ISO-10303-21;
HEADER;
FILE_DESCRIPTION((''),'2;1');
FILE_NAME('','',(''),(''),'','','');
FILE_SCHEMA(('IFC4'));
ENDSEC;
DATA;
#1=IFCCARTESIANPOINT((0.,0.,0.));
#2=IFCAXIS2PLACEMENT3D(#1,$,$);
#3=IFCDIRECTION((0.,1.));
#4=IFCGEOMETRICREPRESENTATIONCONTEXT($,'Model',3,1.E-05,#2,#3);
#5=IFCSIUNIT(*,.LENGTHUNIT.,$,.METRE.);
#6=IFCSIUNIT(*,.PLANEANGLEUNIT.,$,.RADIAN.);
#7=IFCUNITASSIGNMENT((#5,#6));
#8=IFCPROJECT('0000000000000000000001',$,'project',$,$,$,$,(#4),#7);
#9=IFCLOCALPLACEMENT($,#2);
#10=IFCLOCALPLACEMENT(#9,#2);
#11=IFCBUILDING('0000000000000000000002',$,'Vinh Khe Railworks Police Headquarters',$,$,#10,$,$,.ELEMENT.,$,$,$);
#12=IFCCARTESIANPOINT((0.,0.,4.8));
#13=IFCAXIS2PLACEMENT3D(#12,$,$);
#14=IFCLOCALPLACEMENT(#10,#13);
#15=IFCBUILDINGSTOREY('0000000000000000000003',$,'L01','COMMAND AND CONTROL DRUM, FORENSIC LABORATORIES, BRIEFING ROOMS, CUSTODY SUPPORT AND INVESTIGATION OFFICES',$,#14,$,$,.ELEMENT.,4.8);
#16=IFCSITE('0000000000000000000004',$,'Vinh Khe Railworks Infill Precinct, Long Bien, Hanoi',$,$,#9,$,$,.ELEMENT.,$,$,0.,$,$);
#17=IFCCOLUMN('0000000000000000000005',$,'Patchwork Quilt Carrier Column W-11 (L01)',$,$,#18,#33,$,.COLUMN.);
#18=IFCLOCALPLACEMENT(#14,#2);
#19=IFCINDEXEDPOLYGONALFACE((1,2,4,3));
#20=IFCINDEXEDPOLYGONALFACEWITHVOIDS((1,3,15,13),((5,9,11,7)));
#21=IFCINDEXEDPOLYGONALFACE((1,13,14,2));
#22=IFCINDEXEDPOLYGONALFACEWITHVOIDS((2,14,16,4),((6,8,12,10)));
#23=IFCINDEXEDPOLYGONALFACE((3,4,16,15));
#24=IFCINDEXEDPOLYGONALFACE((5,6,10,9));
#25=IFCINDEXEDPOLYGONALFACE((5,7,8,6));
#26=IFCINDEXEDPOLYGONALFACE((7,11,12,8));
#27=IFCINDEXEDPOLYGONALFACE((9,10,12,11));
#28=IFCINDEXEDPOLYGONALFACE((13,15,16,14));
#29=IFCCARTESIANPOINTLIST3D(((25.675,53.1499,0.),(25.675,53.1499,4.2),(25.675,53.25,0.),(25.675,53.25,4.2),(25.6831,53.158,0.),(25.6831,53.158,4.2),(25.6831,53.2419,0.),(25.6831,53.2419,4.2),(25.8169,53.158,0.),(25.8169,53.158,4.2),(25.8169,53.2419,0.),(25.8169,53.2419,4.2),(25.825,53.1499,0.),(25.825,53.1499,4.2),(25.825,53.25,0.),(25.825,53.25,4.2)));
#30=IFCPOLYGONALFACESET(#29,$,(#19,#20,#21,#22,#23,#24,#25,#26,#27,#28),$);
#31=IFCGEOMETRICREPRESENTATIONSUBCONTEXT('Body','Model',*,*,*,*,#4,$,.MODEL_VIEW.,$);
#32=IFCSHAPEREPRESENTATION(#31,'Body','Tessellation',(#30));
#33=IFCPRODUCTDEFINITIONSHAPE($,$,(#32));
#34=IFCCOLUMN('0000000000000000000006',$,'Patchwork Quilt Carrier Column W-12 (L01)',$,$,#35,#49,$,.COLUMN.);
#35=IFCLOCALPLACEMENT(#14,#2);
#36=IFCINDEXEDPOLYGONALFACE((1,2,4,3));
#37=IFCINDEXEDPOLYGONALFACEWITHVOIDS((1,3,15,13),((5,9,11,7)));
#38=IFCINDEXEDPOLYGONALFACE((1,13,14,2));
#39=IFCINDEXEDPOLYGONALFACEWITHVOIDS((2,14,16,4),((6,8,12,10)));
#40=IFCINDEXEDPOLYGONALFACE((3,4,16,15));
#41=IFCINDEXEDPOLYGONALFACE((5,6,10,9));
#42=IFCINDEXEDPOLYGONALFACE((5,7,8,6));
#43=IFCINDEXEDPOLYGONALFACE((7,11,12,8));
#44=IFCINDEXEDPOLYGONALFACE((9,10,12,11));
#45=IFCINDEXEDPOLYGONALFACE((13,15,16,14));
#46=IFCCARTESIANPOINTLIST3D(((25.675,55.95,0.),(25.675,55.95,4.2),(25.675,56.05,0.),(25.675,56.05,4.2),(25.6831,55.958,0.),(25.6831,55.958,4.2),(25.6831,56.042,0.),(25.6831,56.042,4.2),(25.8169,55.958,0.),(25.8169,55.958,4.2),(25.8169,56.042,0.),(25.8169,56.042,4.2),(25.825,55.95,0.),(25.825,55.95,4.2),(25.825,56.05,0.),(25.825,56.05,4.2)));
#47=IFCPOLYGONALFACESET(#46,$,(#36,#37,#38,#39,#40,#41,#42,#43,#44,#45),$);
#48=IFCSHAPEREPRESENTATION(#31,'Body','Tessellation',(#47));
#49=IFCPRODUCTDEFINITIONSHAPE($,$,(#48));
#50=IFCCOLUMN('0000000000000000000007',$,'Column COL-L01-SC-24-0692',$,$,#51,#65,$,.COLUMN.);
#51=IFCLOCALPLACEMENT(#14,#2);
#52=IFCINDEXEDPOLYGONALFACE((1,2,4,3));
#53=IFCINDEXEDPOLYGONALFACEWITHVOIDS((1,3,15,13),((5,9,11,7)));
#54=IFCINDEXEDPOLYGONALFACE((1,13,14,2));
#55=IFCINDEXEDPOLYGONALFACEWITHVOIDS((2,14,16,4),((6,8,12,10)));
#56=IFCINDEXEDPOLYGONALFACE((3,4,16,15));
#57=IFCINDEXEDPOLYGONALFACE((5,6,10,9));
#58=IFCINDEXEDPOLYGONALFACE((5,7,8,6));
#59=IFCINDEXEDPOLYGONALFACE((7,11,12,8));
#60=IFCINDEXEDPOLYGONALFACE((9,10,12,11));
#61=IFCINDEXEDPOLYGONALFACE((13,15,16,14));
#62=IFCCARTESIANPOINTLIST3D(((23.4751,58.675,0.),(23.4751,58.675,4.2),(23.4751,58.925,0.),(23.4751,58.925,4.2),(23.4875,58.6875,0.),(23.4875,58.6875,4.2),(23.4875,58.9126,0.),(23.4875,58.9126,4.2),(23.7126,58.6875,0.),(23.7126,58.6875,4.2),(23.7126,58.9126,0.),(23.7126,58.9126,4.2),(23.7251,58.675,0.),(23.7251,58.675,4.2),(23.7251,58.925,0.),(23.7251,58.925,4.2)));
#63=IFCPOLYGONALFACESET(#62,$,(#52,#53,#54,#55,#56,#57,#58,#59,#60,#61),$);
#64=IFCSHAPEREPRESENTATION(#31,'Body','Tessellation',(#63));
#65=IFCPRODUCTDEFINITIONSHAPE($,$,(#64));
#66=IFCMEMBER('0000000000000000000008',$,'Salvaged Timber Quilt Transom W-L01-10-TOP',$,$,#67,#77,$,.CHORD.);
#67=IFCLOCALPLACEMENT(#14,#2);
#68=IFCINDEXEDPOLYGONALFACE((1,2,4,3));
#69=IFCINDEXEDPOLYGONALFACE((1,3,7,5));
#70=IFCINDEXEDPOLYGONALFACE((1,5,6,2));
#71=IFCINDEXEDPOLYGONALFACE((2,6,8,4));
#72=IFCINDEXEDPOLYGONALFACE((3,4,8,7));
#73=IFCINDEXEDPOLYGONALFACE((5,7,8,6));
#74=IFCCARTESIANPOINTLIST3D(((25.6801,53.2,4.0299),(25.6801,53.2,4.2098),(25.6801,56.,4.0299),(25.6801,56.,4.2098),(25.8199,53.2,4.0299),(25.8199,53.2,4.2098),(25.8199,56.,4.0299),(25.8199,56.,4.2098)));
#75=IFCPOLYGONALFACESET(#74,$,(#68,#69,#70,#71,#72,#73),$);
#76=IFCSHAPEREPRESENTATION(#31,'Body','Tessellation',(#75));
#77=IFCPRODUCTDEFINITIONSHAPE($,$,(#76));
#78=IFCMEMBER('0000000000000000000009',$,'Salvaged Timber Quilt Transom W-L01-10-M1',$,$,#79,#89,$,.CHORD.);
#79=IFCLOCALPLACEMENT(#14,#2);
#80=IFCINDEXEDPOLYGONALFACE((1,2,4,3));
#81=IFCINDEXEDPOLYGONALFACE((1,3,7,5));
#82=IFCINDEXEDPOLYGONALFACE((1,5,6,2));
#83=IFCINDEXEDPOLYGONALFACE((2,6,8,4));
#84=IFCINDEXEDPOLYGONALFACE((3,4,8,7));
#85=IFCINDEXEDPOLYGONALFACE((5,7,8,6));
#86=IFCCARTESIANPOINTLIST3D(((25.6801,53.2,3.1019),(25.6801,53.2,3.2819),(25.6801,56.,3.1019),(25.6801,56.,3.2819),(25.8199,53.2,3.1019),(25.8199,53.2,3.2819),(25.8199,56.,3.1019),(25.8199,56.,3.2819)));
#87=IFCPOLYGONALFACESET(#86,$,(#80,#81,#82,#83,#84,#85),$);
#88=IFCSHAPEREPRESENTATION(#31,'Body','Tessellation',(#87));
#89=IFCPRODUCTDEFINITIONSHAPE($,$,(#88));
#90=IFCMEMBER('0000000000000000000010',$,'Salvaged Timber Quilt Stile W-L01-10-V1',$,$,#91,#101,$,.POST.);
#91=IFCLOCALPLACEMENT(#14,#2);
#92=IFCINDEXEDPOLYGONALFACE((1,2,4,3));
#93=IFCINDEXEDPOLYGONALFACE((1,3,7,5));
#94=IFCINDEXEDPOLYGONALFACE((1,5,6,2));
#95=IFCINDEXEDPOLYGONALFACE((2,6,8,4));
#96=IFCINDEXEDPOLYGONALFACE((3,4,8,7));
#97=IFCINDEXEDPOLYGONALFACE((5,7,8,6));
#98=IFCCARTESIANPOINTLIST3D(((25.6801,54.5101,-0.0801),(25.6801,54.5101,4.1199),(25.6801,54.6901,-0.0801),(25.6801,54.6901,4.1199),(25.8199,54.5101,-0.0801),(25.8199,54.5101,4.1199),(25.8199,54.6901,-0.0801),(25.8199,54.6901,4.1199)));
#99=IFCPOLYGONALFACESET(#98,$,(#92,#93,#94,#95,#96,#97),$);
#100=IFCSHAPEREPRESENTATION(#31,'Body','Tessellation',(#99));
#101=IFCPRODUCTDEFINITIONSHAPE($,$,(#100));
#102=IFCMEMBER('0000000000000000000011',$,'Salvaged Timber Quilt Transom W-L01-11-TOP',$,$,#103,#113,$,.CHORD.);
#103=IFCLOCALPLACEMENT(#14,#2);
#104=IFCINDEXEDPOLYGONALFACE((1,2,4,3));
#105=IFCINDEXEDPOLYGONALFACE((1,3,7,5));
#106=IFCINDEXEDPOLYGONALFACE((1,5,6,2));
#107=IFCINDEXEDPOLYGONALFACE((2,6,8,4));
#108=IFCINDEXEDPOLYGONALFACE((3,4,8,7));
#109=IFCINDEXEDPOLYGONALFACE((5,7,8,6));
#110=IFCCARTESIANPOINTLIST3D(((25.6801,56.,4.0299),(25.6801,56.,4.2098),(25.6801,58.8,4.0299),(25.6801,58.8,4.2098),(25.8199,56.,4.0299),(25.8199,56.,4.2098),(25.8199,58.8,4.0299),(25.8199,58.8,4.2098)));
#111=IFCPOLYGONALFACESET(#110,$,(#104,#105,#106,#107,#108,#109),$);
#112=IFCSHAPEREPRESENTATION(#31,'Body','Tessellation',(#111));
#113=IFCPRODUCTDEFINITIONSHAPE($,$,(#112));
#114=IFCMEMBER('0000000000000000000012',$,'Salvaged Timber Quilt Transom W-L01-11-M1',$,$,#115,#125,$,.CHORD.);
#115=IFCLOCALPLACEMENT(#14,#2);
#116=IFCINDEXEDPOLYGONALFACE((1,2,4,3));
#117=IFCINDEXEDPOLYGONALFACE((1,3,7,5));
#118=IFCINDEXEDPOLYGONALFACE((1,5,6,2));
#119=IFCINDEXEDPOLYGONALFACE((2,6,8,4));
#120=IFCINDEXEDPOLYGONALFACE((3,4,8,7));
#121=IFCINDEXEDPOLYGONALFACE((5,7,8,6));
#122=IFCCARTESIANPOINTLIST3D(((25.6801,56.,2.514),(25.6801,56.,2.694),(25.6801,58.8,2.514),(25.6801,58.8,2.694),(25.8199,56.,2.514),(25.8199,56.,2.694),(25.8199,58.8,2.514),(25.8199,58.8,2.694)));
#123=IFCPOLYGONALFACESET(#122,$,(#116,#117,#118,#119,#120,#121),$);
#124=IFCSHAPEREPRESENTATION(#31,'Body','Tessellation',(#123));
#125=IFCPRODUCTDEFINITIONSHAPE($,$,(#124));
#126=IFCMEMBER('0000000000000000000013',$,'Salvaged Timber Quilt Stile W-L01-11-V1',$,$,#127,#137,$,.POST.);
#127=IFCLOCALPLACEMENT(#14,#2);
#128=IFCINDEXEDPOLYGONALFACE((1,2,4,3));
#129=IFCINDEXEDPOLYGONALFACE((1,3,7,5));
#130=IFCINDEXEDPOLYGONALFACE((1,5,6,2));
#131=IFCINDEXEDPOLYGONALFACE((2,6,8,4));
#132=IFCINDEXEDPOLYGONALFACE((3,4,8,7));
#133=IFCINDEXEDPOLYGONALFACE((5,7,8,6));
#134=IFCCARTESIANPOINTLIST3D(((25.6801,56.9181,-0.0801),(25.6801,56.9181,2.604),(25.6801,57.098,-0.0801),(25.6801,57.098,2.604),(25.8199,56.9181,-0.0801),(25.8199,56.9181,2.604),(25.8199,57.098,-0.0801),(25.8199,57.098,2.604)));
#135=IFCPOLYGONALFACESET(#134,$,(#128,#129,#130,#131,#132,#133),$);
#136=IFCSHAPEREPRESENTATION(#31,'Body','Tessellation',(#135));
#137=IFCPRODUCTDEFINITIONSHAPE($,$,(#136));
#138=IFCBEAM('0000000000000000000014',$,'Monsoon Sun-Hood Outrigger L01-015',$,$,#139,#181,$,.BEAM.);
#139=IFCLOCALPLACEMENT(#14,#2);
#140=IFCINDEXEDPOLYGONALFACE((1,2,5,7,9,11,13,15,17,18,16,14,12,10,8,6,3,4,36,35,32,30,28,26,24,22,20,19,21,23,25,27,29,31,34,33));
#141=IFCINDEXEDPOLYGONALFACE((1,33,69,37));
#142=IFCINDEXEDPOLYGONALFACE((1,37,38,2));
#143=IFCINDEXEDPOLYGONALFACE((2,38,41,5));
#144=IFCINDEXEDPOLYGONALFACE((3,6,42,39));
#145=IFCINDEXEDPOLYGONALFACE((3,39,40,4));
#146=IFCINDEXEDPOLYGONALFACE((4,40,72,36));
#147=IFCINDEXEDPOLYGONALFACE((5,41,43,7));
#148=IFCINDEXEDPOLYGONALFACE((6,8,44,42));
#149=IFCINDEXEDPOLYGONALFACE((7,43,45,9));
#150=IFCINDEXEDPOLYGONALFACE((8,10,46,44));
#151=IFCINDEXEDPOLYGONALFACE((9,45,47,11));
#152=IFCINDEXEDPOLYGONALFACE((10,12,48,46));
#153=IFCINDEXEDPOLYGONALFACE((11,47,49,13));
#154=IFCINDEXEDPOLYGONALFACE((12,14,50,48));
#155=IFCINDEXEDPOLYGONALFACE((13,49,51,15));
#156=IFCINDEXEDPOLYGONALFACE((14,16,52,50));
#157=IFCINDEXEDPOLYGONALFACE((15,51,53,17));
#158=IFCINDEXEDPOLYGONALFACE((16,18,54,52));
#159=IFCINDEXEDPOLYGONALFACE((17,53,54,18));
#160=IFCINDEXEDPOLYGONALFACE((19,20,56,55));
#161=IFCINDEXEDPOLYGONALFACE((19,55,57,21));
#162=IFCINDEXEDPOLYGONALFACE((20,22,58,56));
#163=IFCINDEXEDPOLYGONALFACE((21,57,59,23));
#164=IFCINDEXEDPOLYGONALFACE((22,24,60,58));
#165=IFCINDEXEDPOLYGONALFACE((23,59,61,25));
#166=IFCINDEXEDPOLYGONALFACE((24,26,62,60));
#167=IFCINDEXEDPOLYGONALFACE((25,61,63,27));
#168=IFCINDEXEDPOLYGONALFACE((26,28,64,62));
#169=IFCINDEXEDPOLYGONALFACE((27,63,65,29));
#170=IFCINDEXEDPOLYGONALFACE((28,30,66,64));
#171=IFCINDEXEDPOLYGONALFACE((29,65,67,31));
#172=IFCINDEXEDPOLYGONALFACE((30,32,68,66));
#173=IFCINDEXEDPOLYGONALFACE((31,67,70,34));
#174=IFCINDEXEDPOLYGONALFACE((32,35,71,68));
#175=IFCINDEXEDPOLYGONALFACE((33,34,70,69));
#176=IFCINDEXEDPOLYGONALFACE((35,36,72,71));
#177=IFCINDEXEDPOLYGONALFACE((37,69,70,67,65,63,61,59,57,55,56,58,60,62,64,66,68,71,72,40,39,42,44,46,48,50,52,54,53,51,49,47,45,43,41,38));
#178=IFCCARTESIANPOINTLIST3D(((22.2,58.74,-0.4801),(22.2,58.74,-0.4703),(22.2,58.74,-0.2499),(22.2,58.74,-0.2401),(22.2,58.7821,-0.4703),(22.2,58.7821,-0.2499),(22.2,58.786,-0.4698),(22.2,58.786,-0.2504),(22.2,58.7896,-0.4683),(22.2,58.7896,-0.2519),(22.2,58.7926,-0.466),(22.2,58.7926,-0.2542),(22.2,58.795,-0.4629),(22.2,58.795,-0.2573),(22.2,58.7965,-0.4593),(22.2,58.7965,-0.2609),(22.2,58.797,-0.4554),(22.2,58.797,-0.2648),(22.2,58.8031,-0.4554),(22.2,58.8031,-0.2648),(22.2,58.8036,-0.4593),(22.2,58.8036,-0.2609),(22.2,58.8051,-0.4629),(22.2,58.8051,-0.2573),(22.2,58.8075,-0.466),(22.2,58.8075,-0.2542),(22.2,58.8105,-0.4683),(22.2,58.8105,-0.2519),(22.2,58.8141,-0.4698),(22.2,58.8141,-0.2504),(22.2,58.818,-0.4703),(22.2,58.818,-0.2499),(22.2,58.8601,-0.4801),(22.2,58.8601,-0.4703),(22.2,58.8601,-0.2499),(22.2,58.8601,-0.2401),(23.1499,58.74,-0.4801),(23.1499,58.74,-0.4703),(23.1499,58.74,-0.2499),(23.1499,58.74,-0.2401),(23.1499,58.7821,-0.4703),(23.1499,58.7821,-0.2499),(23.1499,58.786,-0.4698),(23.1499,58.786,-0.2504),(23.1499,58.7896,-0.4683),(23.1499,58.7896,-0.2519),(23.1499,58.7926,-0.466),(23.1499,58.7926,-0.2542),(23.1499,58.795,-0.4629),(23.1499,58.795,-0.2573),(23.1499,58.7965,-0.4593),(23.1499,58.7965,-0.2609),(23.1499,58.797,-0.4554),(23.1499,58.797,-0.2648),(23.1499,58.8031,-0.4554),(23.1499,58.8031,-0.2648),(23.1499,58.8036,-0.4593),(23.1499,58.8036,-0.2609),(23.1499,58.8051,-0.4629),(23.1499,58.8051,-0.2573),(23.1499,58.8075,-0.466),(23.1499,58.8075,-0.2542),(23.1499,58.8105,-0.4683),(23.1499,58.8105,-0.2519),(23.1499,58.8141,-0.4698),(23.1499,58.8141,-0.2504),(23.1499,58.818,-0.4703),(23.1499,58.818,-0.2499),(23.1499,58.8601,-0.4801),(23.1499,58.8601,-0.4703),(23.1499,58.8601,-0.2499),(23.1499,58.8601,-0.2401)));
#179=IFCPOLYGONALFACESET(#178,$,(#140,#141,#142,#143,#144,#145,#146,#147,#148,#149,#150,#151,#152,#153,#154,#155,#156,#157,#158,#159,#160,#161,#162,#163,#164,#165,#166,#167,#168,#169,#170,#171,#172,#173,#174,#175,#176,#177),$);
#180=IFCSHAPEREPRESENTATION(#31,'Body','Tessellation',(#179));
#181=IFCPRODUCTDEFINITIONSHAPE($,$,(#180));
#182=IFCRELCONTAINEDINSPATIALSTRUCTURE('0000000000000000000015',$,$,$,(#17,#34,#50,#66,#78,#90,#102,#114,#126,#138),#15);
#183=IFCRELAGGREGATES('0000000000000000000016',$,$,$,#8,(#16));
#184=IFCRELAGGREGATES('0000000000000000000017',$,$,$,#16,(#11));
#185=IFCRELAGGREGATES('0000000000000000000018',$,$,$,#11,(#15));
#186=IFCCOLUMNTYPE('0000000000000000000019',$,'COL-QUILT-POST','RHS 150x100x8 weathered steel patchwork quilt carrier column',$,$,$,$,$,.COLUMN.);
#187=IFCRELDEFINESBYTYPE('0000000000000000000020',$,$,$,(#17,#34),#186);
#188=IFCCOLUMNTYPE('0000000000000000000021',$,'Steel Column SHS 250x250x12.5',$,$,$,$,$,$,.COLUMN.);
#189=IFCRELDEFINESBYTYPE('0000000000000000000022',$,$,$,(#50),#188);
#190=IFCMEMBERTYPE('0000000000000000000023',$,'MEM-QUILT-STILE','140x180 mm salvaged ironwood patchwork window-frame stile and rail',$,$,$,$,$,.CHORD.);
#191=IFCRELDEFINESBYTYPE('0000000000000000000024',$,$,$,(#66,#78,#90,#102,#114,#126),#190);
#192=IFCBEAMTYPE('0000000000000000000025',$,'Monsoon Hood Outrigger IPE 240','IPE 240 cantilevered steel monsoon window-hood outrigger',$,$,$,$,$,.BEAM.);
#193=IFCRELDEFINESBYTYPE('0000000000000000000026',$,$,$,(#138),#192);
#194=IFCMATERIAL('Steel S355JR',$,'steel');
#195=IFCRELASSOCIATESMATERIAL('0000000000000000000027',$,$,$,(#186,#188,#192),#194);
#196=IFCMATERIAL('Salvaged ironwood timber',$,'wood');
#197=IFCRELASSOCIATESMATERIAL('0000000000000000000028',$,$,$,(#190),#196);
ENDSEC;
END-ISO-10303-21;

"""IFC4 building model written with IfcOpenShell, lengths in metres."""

from ifc_helpers import new_model, si_unit, direction, frame, origin, origin_2d, place, context, subcontext, project, spatial, rectangle, hollow_rectangle, i_section, extrude, material, material_profile, profile_set, type_object, element, save


model = new_model("IFC4")

# Units and contexts
model_context = context("Model", 3, precision=1e-05, world=origin(), true_north=direction((0.0, 1.0)))
body_context = subcontext(model_context, "Body", "Model", "MODEL_VIEW")
ifc_project = project(units=[si_unit("LENGTHUNIT", "METRE"), si_unit("PLANEANGLEUNIT", "RADIAN")], contexts=[model_context])

# Site, building, storey
site_placement = place(None, origin())
site = spatial("IfcSite", under=ifc_project, at=site_placement, Name="Vinh Khe Railworks Infill Precinct, Long Bien, Hanoi", CompositionType="ELEMENT", RefElevation=0.0)
building_placement = place(site_placement, origin())
building = spatial("IfcBuilding", under=site, at=building_placement, Name="Vinh Khe Railworks Police Headquarters", CompositionType="ELEMENT")
storey_placement = place(building_placement, frame((0.0, 0.0, 4.8)))
storey = spatial("IfcBuildingStorey", under=building, at=storey_placement, Name="L01", Description="COMMAND AND CONTROL DRUM, FORENSIC LABORATORIES, BRIEFING ROOMS, CUSTODY SUPPORT AND INVESTIGATION OFFICES", CompositionType="ELEMENT", Elevation=4.8)

# Columns
ifc_material_1 = material(Name="Steel S355JR", Category="steel")
ifc_material_profile_1 = material_profile(ifc_material_1, hollow_rectangle(XDim=0.1499, YDim=0.1001, WallThickness=0.0081, at=origin_2d()), Name="RHS 150x100x8")
ifc_profile_set_1 = profile_set([ifc_material_profile_1], Name="Steel S355JR")
column_type_1 = type_object("IfcColumnType", Name="COL-QUILT-POST", Description="RHS 150x100x8 weathered steel patchwork quilt carrier column", PredefinedType="COLUMN", material=ifc_profile_set_1)
for number, where, z_axis, x_axis, name in (
    (1, (25.75, 53.2, 0.0), (0.0, 0.0, 1.0), (1.0, 0.0, 0.0), "Patchwork Quilt Carrier Column W-11 (L01)"),
    (2, (25.75, 56.0, 0.0), (0.0, 0.0, 1.0), (1.0, 0.0, 0.0), "Patchwork Quilt Carrier Column W-12 (L01)"),
):
    element("IfcColumn", number, at=place(storey_placement, frame(where, z_axis=z_axis, x_axis=x_axis)), inside=storey, type_object=column_type_1, Name=name, PredefinedType="COLUMN", context=body_context, shape_type="SweptSolid", body=[
        extrude(hollow_rectangle(XDim=0.1499, YDim=0.1001, WallThickness=0.0081, at=origin_2d()), origin(), (0.0, 0.0, 1.0), 4.2),
    ])
ifc_material_profile_2 = material_profile(ifc_material_1, hollow_rectangle(XDim=0.25, YDim=0.25, WallThickness=0.0125, at=origin_2d()), Name="SHS 250x250x12.5")
ifc_profile_set_2 = profile_set([ifc_material_profile_2], Name="Steel S355JR")
column_type_2 = type_object("IfcColumnType", Name="Steel Column SHS 250x250x12.5", PredefinedType="COLUMN", material=ifc_profile_set_2)
column_placement = place(storey_placement, frame((23.6001, 58.8, 0.0), z_axis=(0.0, 0.0, 1.0), x_axis=(1.0, 0.0, 0.0)))
element("IfcColumn", 3, at=column_placement, inside=storey, type_object=column_type_2, Name="Column COL-L01-SC-24-0692", PredefinedType="COLUMN", context=body_context, shape_type="SweptSolid", body=[
    extrude(hollow_rectangle(XDim=0.25, YDim=0.25, WallThickness=0.0125, at=origin_2d()), origin(), (0.0, 0.0, 1.0), 4.2),
])

# Members
ifc_material_2 = material(Name="Salvaged ironwood timber", Category="wood")
ifc_material_profile_3 = material_profile(ifc_material_2, rectangle(XDim=0.1399, YDim=0.1799, at=origin_2d()), Name="TIMBER 140x180")
ifc_profile_set_3 = profile_set([ifc_material_profile_3], Name="Salvaged ironwood timber")
member_type = type_object("IfcMemberType", Name="MEM-QUILT-STILE", Description="140x180 mm salvaged ironwood patchwork window-frame stile and rail", PredefinedType="CHORD", material=ifc_profile_set_3)
for number, where, z_axis, x_axis, name in (
    (4, (25.75, 53.2, 4.1199), (0.0, 1.0, 0.0), (-1.0, 0.0, 0.0), "Salvaged Timber Quilt Transom W-L01-10-TOP"),
    (5, (25.75, 53.2, 3.1919), (0.0, 1.0, 0.0), (-1.0, 0.0, 0.0), "Salvaged Timber Quilt Transom W-L01-10-M1"),
):
    element("IfcMember", number, at=place(storey_placement, frame(where, z_axis=z_axis, x_axis=x_axis)), inside=storey, type_object=member_type, Name=name, PredefinedType="CHORD", context=body_context, shape_type="SweptSolid", body=[
        extrude(rectangle(XDim=0.1399, YDim=0.1799, at=origin_2d()), origin(), (0.0, 0.0, 1.0), 2.8),
    ])
member_1_placement = place(storey_placement, frame((25.75, 54.6001, -0.0801), z_axis=(0.0, 0.0, 1.0), x_axis=(1.0, 0.0, 0.0)))
element("IfcMember", 6, at=member_1_placement, inside=storey, type_object=member_type, Name="Salvaged Timber Quilt Stile W-L01-10-V1", PredefinedType="POST", context=body_context, shape_type="SweptSolid", body=[
    extrude(rectangle(XDim=0.1399, YDim=0.1799, at=origin_2d()), origin(), (0.0, 0.0, 1.0), 4.2),
])
for number, where, z_axis, x_axis, name in (
    (7, (25.75, 56.0, 4.1199), (0.0, 1.0, 0.0), (-1.0, 0.0, 0.0), "Salvaged Timber Quilt Transom W-L01-11-TOP"),
    (8, (25.75, 56.0, 2.604), (0.0, 1.0, 0.0), (-1.0, 0.0, 0.0), "Salvaged Timber Quilt Transom W-L01-11-M1"),
):
    element("IfcMember", number, at=place(storey_placement, frame(where, z_axis=z_axis, x_axis=x_axis)), inside=storey, type_object=member_type, Name=name, PredefinedType="CHORD", context=body_context, shape_type="SweptSolid", body=[
        extrude(rectangle(XDim=0.1399, YDim=0.1799, at=origin_2d()), origin(), (0.0, 0.0, 1.0), 2.8),
    ])
member_2_placement = place(storey_placement, frame((25.75, 57.0081, -0.0801), z_axis=(0.0, 0.0, 1.0), x_axis=(1.0, 0.0, 0.0)))
element("IfcMember", 9, at=member_2_placement, inside=storey, type_object=member_type, Name="Salvaged Timber Quilt Stile W-L01-11-V1", PredefinedType="POST", context=body_context, shape_type="SweptSolid", body=[
    extrude(rectangle(XDim=0.1399, YDim=0.1799, at=origin_2d()), origin(), (0.0, 0.0, 1.0), 2.6841),
])

# Beam
ifc_material_profile_4 = material_profile(ifc_material_1, i_section(OverallWidth=0.1201, OverallDepth=0.24, WebThickness=0.0061, FlangeThickness=0.0098, FilletRadius=0.0149, at=origin_2d()), Name="IPE 240")
ifc_profile_set_4 = profile_set([ifc_material_profile_4], Name="Steel S355JR")
beam_type_1 = type_object("IfcBeamType", Name="Monsoon Hood Outrigger IPE 240", Description="IPE 240 cantilevered steel monsoon window-hood outrigger", PredefinedType="BEAM", material=ifc_profile_set_4)
beam_1_placement = place(storey_placement, frame((22.2, 58.8, -0.3601), z_axis=(1.0, 0.0, 0.0), x_axis=(0.0, 1.0, 0.0)))
element("IfcBeam", 10, at=beam_1_placement, inside=storey, type_object=beam_type_1, Name="Monsoon Sun-Hood Outrigger L01-015", PredefinedType="BEAM", context=body_context, shape_type="SweptSolid", body=[
    extrude(i_section(OverallWidth=0.1201, OverallDepth=0.24, WebThickness=0.0061, FlangeThickness=0.0098, FilletRadius=0.0149, at=origin_2d()), origin(), (0.0, 0.0, 1.0), 0.95),
])

save(model, "model.ifc")
